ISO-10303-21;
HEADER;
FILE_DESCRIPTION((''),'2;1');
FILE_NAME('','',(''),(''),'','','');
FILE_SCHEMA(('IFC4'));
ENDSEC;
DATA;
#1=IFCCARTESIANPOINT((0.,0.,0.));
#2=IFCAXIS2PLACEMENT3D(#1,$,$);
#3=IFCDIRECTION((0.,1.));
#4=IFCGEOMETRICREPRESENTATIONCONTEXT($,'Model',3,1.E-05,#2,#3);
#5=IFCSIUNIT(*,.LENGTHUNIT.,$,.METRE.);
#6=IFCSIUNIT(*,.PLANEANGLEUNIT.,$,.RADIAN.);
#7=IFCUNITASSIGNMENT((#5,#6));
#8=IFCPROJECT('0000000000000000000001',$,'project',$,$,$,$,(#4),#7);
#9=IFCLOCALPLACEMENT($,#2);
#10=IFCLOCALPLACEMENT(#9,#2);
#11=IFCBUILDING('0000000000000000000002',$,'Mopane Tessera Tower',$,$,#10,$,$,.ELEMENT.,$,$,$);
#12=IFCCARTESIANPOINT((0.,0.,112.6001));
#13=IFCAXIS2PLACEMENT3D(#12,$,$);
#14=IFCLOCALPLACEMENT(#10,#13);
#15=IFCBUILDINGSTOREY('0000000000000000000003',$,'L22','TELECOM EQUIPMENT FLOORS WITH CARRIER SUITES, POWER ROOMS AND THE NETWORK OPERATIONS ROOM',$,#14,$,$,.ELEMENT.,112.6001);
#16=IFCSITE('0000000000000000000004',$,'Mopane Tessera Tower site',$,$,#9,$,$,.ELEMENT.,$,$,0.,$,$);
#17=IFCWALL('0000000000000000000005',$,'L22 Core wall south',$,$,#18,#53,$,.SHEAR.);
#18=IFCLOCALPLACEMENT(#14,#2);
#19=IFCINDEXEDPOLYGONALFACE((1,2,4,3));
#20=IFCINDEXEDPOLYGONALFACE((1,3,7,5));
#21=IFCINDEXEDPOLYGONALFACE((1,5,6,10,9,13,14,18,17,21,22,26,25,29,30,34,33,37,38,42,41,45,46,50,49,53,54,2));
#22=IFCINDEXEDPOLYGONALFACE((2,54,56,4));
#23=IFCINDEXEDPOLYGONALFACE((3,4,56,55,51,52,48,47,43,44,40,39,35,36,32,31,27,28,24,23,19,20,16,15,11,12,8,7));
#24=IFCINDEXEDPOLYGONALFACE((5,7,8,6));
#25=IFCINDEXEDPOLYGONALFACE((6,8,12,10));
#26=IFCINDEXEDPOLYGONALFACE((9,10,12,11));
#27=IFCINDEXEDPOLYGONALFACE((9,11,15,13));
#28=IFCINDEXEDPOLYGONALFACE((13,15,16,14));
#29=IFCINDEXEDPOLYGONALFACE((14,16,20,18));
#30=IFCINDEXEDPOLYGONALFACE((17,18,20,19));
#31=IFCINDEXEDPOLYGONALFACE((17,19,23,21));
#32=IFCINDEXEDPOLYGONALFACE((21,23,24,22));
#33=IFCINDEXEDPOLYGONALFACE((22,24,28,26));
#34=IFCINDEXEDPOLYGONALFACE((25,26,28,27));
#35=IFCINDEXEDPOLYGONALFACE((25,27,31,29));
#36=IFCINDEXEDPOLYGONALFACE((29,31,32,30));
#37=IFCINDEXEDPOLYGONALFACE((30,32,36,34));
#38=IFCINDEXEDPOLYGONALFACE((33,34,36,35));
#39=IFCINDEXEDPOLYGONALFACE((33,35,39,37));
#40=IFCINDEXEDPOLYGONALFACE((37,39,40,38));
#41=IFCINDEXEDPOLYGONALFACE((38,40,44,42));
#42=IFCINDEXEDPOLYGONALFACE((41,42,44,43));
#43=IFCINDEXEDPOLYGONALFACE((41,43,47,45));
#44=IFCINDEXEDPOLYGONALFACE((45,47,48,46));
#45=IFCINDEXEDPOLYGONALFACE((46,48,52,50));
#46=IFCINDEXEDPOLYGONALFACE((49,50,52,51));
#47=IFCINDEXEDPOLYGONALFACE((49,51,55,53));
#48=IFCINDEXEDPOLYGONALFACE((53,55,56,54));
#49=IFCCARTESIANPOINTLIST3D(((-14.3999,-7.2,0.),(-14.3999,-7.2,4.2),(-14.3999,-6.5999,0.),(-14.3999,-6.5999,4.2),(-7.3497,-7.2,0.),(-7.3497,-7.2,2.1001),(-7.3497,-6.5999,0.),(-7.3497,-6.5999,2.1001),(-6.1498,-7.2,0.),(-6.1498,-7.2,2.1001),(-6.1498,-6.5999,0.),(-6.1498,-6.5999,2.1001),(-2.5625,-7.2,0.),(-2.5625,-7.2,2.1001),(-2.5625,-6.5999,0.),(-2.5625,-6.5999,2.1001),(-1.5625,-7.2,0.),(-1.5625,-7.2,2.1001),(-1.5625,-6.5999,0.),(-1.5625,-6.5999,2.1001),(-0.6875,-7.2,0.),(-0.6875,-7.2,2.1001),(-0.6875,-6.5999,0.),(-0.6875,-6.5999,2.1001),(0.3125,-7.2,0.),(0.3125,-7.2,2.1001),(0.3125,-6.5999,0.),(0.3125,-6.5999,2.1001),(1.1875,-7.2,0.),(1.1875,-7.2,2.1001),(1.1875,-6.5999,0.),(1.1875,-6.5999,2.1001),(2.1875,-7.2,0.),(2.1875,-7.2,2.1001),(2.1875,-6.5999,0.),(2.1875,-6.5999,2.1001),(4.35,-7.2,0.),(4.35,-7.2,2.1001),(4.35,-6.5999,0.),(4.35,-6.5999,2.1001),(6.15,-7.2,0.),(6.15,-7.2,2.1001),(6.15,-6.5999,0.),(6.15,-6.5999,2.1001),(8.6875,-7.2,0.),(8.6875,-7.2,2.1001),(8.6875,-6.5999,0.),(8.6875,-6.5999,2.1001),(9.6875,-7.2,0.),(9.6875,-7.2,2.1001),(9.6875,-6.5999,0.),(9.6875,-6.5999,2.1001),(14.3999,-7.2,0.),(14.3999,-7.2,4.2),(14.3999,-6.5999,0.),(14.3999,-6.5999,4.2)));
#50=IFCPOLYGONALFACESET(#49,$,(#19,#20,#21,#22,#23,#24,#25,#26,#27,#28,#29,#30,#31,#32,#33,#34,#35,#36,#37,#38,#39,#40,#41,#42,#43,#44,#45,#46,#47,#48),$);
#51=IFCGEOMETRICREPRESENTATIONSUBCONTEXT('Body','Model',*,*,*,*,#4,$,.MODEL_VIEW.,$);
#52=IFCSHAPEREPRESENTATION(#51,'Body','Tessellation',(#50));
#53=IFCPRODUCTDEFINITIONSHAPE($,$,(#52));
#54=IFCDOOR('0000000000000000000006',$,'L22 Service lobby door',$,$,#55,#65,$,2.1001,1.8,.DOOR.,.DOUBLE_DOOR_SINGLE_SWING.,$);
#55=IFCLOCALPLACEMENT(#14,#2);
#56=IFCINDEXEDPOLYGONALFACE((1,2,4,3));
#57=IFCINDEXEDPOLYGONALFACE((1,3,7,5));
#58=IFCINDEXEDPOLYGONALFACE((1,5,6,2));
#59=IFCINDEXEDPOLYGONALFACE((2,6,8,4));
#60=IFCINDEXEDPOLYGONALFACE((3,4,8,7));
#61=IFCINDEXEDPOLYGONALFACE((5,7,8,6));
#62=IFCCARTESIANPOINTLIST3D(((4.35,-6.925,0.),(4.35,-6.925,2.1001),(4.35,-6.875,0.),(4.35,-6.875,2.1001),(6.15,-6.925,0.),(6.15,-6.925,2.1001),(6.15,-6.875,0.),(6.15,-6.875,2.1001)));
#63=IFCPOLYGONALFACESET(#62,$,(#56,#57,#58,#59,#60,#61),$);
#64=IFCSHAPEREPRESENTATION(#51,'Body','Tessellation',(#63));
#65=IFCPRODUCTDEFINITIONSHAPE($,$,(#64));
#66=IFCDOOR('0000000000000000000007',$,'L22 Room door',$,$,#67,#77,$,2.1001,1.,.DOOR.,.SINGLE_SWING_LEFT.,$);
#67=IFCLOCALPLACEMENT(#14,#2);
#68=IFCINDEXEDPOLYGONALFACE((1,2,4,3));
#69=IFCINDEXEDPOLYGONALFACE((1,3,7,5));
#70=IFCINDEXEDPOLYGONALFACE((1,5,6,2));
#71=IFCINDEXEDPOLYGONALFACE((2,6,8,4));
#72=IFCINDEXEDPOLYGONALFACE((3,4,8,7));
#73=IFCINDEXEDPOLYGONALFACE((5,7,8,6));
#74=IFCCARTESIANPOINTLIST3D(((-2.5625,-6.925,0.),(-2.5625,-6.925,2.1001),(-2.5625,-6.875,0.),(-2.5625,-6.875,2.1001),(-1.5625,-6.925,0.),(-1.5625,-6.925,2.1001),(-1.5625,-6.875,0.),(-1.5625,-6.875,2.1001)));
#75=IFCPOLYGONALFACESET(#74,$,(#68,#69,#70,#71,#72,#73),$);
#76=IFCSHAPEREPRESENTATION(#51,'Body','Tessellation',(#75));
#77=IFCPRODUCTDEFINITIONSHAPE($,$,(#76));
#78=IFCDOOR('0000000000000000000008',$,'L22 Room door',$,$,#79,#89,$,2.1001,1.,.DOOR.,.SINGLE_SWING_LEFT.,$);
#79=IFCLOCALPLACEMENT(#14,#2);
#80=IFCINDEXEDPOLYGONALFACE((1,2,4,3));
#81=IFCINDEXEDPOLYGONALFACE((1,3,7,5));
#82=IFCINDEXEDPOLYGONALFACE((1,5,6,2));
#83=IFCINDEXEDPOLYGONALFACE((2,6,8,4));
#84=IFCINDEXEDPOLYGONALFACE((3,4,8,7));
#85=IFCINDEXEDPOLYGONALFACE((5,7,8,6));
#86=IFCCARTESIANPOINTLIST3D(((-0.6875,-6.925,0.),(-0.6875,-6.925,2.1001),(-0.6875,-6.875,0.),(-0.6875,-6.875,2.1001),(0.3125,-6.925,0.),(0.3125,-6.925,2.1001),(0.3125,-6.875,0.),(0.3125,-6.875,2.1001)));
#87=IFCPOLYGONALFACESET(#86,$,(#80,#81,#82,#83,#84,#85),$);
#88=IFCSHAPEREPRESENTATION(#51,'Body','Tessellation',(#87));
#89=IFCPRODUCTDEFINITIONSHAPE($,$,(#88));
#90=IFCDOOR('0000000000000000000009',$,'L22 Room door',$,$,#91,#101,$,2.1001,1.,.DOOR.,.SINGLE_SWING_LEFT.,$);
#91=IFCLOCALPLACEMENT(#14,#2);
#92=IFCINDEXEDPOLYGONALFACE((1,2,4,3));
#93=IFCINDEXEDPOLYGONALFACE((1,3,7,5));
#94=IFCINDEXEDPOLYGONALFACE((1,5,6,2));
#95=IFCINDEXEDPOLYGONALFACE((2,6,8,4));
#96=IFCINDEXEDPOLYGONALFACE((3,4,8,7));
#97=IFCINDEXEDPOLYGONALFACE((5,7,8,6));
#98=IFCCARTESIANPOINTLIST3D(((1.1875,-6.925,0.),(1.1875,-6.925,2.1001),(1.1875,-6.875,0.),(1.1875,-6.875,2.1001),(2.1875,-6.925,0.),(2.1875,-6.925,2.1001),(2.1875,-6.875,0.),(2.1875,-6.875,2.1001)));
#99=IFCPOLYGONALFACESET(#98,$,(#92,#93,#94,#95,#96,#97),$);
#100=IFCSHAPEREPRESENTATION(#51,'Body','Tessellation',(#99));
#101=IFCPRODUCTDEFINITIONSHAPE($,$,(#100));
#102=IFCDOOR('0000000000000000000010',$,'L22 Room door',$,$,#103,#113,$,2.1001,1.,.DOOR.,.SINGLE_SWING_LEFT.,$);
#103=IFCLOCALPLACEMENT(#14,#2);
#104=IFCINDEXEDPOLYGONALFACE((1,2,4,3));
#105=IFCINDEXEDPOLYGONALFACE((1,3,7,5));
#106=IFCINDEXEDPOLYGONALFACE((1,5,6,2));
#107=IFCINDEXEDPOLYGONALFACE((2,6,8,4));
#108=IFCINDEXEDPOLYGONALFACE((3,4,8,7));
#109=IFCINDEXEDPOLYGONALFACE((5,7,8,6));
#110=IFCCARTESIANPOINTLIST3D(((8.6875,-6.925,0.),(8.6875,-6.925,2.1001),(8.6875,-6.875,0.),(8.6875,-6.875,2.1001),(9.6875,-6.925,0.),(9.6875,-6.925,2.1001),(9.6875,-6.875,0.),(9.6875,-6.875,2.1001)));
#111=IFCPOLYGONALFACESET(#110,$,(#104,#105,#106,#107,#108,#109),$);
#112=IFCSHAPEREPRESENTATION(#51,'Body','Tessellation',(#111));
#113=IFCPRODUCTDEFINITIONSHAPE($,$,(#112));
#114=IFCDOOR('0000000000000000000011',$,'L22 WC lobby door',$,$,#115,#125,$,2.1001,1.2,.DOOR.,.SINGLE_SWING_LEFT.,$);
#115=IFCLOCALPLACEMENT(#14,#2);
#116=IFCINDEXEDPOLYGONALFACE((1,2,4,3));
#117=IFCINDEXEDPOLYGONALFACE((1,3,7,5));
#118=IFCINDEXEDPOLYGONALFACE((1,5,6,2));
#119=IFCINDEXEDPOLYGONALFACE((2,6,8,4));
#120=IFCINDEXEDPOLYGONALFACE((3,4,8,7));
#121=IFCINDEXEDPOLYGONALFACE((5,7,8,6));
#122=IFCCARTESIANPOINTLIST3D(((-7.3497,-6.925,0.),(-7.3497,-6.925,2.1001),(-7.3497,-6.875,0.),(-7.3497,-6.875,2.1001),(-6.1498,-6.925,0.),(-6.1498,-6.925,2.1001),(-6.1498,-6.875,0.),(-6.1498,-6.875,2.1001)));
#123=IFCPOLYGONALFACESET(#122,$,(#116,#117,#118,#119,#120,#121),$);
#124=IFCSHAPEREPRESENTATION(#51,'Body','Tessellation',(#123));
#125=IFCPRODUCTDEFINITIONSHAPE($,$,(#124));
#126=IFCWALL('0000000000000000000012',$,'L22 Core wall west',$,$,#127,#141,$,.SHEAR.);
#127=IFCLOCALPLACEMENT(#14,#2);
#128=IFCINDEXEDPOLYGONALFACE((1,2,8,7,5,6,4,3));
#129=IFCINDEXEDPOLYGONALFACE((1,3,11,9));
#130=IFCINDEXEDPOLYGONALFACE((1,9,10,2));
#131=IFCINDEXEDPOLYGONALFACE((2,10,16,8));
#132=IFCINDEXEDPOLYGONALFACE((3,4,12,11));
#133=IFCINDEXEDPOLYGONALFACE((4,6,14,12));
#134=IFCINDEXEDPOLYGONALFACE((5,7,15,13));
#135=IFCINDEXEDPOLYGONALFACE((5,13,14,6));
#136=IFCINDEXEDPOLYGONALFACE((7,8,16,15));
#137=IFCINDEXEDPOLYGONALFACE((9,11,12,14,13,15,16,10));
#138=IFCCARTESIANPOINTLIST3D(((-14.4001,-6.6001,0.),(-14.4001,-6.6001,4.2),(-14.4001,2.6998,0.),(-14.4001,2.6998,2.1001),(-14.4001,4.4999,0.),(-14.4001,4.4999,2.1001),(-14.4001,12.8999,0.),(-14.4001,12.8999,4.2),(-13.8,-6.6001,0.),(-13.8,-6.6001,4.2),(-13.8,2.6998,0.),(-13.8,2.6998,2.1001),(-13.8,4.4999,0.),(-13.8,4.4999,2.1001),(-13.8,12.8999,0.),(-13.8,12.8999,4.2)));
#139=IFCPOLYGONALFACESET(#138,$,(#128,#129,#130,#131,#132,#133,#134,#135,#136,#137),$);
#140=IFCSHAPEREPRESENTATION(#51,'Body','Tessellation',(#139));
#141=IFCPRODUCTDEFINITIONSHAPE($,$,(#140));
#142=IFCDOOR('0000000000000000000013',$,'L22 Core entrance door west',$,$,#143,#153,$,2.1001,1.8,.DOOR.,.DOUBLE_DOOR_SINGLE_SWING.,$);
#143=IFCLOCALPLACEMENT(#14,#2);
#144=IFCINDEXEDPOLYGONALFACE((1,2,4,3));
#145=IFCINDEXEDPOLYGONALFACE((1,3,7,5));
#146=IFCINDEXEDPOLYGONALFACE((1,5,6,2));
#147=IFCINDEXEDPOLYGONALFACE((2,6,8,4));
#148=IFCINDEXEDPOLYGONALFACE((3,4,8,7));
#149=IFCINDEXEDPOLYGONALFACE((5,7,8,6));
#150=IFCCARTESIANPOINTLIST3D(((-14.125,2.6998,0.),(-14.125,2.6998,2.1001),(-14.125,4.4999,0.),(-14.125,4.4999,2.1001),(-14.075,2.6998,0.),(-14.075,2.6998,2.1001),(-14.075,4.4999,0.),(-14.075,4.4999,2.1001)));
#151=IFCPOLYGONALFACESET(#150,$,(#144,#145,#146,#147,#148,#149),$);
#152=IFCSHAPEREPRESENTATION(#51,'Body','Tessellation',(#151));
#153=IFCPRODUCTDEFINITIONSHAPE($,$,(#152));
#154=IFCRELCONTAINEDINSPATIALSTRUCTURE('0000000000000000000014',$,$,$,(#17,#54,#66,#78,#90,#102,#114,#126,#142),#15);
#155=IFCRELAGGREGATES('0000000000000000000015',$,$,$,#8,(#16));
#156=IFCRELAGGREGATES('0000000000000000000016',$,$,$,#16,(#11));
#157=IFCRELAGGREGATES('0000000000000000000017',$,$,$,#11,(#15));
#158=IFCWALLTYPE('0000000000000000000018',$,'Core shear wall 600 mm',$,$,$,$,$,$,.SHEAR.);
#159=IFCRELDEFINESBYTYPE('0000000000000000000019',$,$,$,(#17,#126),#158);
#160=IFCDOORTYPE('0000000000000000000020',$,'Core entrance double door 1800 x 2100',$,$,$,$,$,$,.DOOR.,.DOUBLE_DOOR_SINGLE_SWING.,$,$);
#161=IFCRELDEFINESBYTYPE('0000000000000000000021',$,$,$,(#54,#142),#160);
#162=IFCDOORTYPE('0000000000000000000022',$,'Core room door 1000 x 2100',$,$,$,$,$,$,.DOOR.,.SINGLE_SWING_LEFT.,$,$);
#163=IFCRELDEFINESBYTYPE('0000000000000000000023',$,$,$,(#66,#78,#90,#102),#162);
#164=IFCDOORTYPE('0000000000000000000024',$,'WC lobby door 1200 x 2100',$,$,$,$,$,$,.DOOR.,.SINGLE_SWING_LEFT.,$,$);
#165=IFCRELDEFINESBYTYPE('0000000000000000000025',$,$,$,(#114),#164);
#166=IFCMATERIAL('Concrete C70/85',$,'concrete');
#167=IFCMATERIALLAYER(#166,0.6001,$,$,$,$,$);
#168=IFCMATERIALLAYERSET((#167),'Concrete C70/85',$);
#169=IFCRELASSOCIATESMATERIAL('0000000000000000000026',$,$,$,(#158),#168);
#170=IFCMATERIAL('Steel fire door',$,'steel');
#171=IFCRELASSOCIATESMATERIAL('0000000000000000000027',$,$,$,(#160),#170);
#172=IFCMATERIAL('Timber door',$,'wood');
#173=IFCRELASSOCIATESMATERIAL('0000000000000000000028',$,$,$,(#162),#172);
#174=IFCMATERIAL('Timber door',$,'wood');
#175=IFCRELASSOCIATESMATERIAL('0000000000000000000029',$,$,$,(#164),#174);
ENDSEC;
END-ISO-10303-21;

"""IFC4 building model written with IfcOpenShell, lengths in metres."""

from ifc_helpers import new_model, si_unit, direction, frame, frame_2d, origin, place, context, subcontext, project, spatial, rectangle, extrude, material, layer, layer_set, type_object, element, fill, save


model = new_model("IFC4")

# Units and contexts
model_context = context("Model", 3, precision=1e-05, world=origin(), true_north=direction((0.0, 1.0)))
body_context = subcontext(model_context, "Body", "Model", "MODEL_VIEW")
ifc_project = project(units=[si_unit("LENGTHUNIT", "METRE"), si_unit("PLANEANGLEUNIT", "RADIAN")], contexts=[model_context])

# Site, building, storey
site_placement = place(None, origin())
site = spatial("IfcSite", under=ifc_project, at=site_placement, Name="Mopane Tessera Tower site", CompositionType="ELEMENT", RefElevation=0.0)
building_placement = place(site_placement, origin())
building = spatial("IfcBuilding", under=site, at=building_placement, Name="Mopane Tessera Tower", CompositionType="ELEMENT")
storey_placement = place(building_placement, frame((0.0, 0.0, 112.6001)))
storey = spatial("IfcBuildingStorey", under=building, at=storey_placement, Name="L22", Description="TELECOM EQUIPMENT FLOORS WITH CARRIER SUITES, POWER ROOMS AND THE NETWORK OPERATIONS ROOM", CompositionType="ELEMENT", Elevation=112.6001)

# Wall, openings, doors
ifc_material_1 = material(Name="Concrete C70/85", Category="concrete")
ifc_layer_1 = layer(ifc_material_1, 0.6001)
ifc_layer_set_1 = layer_set([ifc_layer_1], Name="Concrete C70/85")
wall_type_1 = type_object("IfcWallType", Name="Core shear wall 600 mm", PredefinedType="SHEAR", material=ifc_layer_set_1)
wall_1_placement = place(storey_placement, frame((-14.3999, -6.8999, 0.0), z_axis=(0.0, 0.0, 1.0), x_axis=(1.0, 0.0, 0.0)))
wall_1 = element("IfcWall", 1, at=wall_1_placement, inside=storey, type_object=wall_type_1, Name="L22 Core wall south", PredefinedType="SHEAR", context=body_context, shape_type="SweptSolid", body=[
    extrude(rectangle(XDim=28.7998, YDim=0.6001, at=frame_2d((14.3999, 0.0))), origin(), (0.0, 0.0, 1.0), 4.2),
])
opening_1_placement = place(wall_1_placement, frame((7.05, 0.0, 0.0)))
opening_1 = element("IfcOpeningElement", 2, at=opening_1_placement, cuts=wall_1, PredefinedType="OPENING", context=body_context, shape_type="SweptSolid", body=[
    extrude(rectangle(XDim=1.2, YDim=2.1001, at=frame_2d((0.6001, 1.05))), frame((0.0, 0.312, 0.0), z_axis=(0.0, -1.0, 0.0), x_axis=(1.0, 0.0, 0.0)), (0.0, 0.0, 1.0), 0.624),
])
opening_2_placement = place(wall_1_placement, frame((11.8374, 0.0, 0.0)))
opening_2 = element("IfcOpeningElement", 3, at=opening_2_placement, cuts=wall_1, PredefinedType="OPENING", context=body_context, shape_type="SweptSolid", body=[
    extrude(rectangle(XDim=1.0, YDim=2.1001, at=frame_2d((0.5, 1.05))), frame((0.0, 0.312, 0.0), z_axis=(0.0, -1.0, 0.0), x_axis=(1.0, 0.0, 0.0)), (0.0, 0.0, 1.0), 0.624),
])
opening_3_placement = place(wall_1_placement, frame((13.7124, 0.0, 0.0)))
opening_3 = element("IfcOpeningElement", 4, at=opening_3_placement, cuts=wall_1, PredefinedType="OPENING", context=body_context, shape_type="SweptSolid", body=[
    extrude(rectangle(XDim=1.0, YDim=2.1001, at=frame_2d((0.5, 1.05))), frame((0.0, 0.312, 0.0), z_axis=(0.0, -1.0, 0.0), x_axis=(1.0, 0.0, 0.0)), (0.0, 0.0, 1.0), 0.624),
])
opening_4_placement = place(wall_1_placement, frame((15.5874, 0.0, 0.0)))
opening_4 = element("IfcOpeningElement", 5, at=opening_4_placement, cuts=wall_1, PredefinedType="OPENING", context=body_context, shape_type="SweptSolid", body=[
    extrude(rectangle(XDim=1.0, YDim=2.1001, at=frame_2d((0.5, 1.05))), frame((0.0, 0.312, 0.0), z_axis=(0.0, -1.0, 0.0), x_axis=(1.0, 0.0, 0.0)), (0.0, 0.0, 1.0), 0.624),
])
opening_5_placement = place(wall_1_placement, frame((18.75, 0.0, 0.0)))
opening_5 = element("IfcOpeningElement", 6, at=opening_5_placement, cuts=wall_1, PredefinedType="OPENING", context=body_context, shape_type="SweptSolid", body=[
    extrude(rectangle(XDim=1.8, YDim=2.1001, at=frame_2d((0.8999, 1.05))), frame((0.0, 0.312, 0.0), z_axis=(0.0, -1.0, 0.0), x_axis=(1.0, 0.0, 0.0)), (0.0, 0.0, 1.0), 0.624),
])
opening_6_placement = place(wall_1_placement, frame((23.0874, 0.0, 0.0)))
opening_6 = element("IfcOpeningElement", 7, at=opening_6_placement, cuts=wall_1, PredefinedType="OPENING", context=body_context, shape_type="SweptSolid", body=[
    extrude(rectangle(XDim=1.0, YDim=2.1001, at=frame_2d((0.5, 1.05))), frame((0.0, 0.312, 0.0), z_axis=(0.0, -1.0, 0.0), x_axis=(1.0, 0.0, 0.0)), (0.0, 0.0, 1.0), 0.624),
])
ifc_material_2 = material(Name="Steel fire door", Category="steel")
door_type_1 = type_object("IfcDoorType", Name="Core entrance double door 1800 x 2100", OperationType="DOUBLE_DOOR_SINGLE_SWING", PredefinedType="DOOR", material=ifc_material_2)
door_1_placement = place(opening_5_placement, origin())
door_1 = element("IfcDoor", 8, at=door_1_placement, inside=storey, type_object=door_type_1, Name="L22 Service lobby door", OperationType="DOUBLE_DOOR_SINGLE_SWING", OverallHeight=2.1001, OverallWidth=1.8, PredefinedType="DOOR", context=body_context, shape_type="SweptSolid", body=[
    extrude(rectangle(XDim=1.8, YDim=2.1001, at=frame_2d((0.8999, 1.05))), frame((0.0, 0.0249, 0.0), z_axis=(0.0, -1.0, 0.0), x_axis=(1.0, 0.0, 0.0)), (0.0, 0.0, 1.0), 0.05),
])
fill(opening_5, door_1)
ifc_material_3 = material(Name="Timber door", Category="wood")
door_type_2 = type_object("IfcDoorType", Name="Core room door 1000 x 2100", OperationType="SINGLE_SWING_LEFT", PredefinedType="DOOR", material=ifc_material_3)
door_2_placement = place(opening_2_placement, origin())
door_2 = element("IfcDoor", 9, at=door_2_placement, inside=storey, type_object=door_type_2, Name="L22 Room door", OperationType="SINGLE_SWING_LEFT", OverallHeight=2.1001, OverallWidth=1.0, PredefinedType="DOOR", context=body_context, shape_type="SweptSolid", body=[
    extrude(rectangle(XDim=1.0, YDim=2.1001, at=frame_2d((0.5, 1.05))), frame((0.0, 0.0249, 0.0), z_axis=(0.0, -1.0, 0.0), x_axis=(1.0, 0.0, 0.0)), (0.0, 0.0, 1.0), 0.05),
])
fill(opening_2, door_2)
door_3_placement = place(opening_3_placement, origin())
door_3 = element("IfcDoor", 10, at=door_3_placement, inside=storey, type_object=door_type_2, Name="L22 Room door", OperationType="SINGLE_SWING_LEFT", OverallHeight=2.1001, OverallWidth=1.0, PredefinedType="DOOR", context=body_context, shape_type="SweptSolid", body=[
    extrude(rectangle(XDim=1.0, YDim=2.1001, at=frame_2d((0.5, 1.05))), frame((0.0, 0.0249, 0.0), z_axis=(0.0, -1.0, 0.0), x_axis=(1.0, 0.0, 0.0)), (0.0, 0.0, 1.0), 0.05),
])
fill(opening_3, door_3)
door_4_placement = place(opening_4_placement, origin())
door_4 = element("IfcDoor", 11, at=door_4_placement, inside=storey, type_object=door_type_2, Name="L22 Room door", OperationType="SINGLE_SWING_LEFT", OverallHeight=2.1001, OverallWidth=1.0, PredefinedType="DOOR", context=body_context, shape_type="SweptSolid", body=[
    extrude(rectangle(XDim=1.0, YDim=2.1001, at=frame_2d((0.5, 1.05))), frame((0.0, 0.0249, 0.0), z_axis=(0.0, -1.0, 0.0), x_axis=(1.0, 0.0, 0.0)), (0.0, 0.0, 1.0), 0.05),
])
fill(opening_4, door_4)
door_5_placement = place(opening_6_placement, origin())
door_5 = element("IfcDoor", 12, at=door_5_placement, inside=storey, type_object=door_type_2, Name="L22 Room door", OperationType="SINGLE_SWING_LEFT", OverallHeight=2.1001, OverallWidth=1.0, PredefinedType="DOOR", context=body_context, shape_type="SweptSolid", body=[
    extrude(rectangle(XDim=1.0, YDim=2.1001, at=frame_2d((0.5, 1.05))), frame((0.0, 0.0249, 0.0), z_axis=(0.0, -1.0, 0.0), x_axis=(1.0, 0.0, 0.0)), (0.0, 0.0, 1.0), 0.05),
])
fill(opening_6, door_5)
ifc_material_4 = material(Name="Timber door", Category="wood")
door_type_3 = type_object("IfcDoorType", Name="WC lobby door 1200 x 2100", OperationType="SINGLE_SWING_LEFT", PredefinedType="DOOR", material=ifc_material_4)
door_6_placement = place(opening_1_placement, origin())
door_6 = element("IfcDoor", 13, at=door_6_placement, inside=storey, type_object=door_type_3, Name="L22 WC lobby door", OperationType="SINGLE_SWING_LEFT", OverallHeight=2.1001, OverallWidth=1.2, PredefinedType="DOOR", context=body_context, shape_type="SweptSolid", body=[
    extrude(rectangle(XDim=1.2, YDim=2.1001, at=frame_2d((0.6001, 1.05))), frame((0.0, 0.0249, 0.0), z_axis=(0.0, -1.0, 0.0), x_axis=(1.0, 0.0, 0.0)), (0.0, 0.0, 1.0), 0.05),
])
fill(opening_1, door_6)

# Wall, opening, door
wall_2_placement = place(storey_placement, frame((-14.1001, -6.6001, 0.0), z_axis=(0.0, 0.0, 1.0), x_axis=(0.0, 1.0, 0.0)))
wall_2 = element("IfcWall", 14, at=wall_2_placement, inside=storey, type_object=wall_type_1, Name="L22 Core wall west", PredefinedType="SHEAR", context=body_context, shape_type="SweptSolid", body=[
    extrude(rectangle(XDim=19.5, YDim=0.6001, at=frame_2d((9.75, 0.0))), origin(), (0.0, 0.0, 1.0), 4.2),
])
opening_7_placement = place(wall_2_placement, frame((9.3, 0.0, 0.0)))
opening_7 = element("IfcOpeningElement", 15, at=opening_7_placement, cuts=wall_2, PredefinedType="OPENING", context=body_context, shape_type="SweptSolid", body=[
    extrude(rectangle(XDim=1.8, YDim=2.1001, at=frame_2d((0.8999, 1.05))), frame((0.0, 0.312, 0.0), z_axis=(0.0, -1.0, 0.0), x_axis=(1.0, 0.0, 0.0)), (0.0, 0.0, 1.0), 0.624),
])
door_7_placement = place(opening_7_placement, origin())
door_7 = element("IfcDoor", 16, at=door_7_placement, inside=storey, type_object=door_type_1, Name="L22 Core entrance door west", OperationType="DOUBLE_DOOR_SINGLE_SWING", OverallHeight=2.1001, OverallWidth=1.8, PredefinedType="DOOR", context=body_context, shape_type="SweptSolid", body=[
    extrude(rectangle(XDim=1.8, YDim=2.1001, at=frame_2d((0.8999, 1.05))), frame((0.0, 0.0249, 0.0), z_axis=(0.0, -1.0, 0.0), x_axis=(1.0, 0.0, 0.0)), (0.0, 0.0, 1.0), 0.05),
])
fill(opening_7, door_7)

save(model, "model.ifc")
